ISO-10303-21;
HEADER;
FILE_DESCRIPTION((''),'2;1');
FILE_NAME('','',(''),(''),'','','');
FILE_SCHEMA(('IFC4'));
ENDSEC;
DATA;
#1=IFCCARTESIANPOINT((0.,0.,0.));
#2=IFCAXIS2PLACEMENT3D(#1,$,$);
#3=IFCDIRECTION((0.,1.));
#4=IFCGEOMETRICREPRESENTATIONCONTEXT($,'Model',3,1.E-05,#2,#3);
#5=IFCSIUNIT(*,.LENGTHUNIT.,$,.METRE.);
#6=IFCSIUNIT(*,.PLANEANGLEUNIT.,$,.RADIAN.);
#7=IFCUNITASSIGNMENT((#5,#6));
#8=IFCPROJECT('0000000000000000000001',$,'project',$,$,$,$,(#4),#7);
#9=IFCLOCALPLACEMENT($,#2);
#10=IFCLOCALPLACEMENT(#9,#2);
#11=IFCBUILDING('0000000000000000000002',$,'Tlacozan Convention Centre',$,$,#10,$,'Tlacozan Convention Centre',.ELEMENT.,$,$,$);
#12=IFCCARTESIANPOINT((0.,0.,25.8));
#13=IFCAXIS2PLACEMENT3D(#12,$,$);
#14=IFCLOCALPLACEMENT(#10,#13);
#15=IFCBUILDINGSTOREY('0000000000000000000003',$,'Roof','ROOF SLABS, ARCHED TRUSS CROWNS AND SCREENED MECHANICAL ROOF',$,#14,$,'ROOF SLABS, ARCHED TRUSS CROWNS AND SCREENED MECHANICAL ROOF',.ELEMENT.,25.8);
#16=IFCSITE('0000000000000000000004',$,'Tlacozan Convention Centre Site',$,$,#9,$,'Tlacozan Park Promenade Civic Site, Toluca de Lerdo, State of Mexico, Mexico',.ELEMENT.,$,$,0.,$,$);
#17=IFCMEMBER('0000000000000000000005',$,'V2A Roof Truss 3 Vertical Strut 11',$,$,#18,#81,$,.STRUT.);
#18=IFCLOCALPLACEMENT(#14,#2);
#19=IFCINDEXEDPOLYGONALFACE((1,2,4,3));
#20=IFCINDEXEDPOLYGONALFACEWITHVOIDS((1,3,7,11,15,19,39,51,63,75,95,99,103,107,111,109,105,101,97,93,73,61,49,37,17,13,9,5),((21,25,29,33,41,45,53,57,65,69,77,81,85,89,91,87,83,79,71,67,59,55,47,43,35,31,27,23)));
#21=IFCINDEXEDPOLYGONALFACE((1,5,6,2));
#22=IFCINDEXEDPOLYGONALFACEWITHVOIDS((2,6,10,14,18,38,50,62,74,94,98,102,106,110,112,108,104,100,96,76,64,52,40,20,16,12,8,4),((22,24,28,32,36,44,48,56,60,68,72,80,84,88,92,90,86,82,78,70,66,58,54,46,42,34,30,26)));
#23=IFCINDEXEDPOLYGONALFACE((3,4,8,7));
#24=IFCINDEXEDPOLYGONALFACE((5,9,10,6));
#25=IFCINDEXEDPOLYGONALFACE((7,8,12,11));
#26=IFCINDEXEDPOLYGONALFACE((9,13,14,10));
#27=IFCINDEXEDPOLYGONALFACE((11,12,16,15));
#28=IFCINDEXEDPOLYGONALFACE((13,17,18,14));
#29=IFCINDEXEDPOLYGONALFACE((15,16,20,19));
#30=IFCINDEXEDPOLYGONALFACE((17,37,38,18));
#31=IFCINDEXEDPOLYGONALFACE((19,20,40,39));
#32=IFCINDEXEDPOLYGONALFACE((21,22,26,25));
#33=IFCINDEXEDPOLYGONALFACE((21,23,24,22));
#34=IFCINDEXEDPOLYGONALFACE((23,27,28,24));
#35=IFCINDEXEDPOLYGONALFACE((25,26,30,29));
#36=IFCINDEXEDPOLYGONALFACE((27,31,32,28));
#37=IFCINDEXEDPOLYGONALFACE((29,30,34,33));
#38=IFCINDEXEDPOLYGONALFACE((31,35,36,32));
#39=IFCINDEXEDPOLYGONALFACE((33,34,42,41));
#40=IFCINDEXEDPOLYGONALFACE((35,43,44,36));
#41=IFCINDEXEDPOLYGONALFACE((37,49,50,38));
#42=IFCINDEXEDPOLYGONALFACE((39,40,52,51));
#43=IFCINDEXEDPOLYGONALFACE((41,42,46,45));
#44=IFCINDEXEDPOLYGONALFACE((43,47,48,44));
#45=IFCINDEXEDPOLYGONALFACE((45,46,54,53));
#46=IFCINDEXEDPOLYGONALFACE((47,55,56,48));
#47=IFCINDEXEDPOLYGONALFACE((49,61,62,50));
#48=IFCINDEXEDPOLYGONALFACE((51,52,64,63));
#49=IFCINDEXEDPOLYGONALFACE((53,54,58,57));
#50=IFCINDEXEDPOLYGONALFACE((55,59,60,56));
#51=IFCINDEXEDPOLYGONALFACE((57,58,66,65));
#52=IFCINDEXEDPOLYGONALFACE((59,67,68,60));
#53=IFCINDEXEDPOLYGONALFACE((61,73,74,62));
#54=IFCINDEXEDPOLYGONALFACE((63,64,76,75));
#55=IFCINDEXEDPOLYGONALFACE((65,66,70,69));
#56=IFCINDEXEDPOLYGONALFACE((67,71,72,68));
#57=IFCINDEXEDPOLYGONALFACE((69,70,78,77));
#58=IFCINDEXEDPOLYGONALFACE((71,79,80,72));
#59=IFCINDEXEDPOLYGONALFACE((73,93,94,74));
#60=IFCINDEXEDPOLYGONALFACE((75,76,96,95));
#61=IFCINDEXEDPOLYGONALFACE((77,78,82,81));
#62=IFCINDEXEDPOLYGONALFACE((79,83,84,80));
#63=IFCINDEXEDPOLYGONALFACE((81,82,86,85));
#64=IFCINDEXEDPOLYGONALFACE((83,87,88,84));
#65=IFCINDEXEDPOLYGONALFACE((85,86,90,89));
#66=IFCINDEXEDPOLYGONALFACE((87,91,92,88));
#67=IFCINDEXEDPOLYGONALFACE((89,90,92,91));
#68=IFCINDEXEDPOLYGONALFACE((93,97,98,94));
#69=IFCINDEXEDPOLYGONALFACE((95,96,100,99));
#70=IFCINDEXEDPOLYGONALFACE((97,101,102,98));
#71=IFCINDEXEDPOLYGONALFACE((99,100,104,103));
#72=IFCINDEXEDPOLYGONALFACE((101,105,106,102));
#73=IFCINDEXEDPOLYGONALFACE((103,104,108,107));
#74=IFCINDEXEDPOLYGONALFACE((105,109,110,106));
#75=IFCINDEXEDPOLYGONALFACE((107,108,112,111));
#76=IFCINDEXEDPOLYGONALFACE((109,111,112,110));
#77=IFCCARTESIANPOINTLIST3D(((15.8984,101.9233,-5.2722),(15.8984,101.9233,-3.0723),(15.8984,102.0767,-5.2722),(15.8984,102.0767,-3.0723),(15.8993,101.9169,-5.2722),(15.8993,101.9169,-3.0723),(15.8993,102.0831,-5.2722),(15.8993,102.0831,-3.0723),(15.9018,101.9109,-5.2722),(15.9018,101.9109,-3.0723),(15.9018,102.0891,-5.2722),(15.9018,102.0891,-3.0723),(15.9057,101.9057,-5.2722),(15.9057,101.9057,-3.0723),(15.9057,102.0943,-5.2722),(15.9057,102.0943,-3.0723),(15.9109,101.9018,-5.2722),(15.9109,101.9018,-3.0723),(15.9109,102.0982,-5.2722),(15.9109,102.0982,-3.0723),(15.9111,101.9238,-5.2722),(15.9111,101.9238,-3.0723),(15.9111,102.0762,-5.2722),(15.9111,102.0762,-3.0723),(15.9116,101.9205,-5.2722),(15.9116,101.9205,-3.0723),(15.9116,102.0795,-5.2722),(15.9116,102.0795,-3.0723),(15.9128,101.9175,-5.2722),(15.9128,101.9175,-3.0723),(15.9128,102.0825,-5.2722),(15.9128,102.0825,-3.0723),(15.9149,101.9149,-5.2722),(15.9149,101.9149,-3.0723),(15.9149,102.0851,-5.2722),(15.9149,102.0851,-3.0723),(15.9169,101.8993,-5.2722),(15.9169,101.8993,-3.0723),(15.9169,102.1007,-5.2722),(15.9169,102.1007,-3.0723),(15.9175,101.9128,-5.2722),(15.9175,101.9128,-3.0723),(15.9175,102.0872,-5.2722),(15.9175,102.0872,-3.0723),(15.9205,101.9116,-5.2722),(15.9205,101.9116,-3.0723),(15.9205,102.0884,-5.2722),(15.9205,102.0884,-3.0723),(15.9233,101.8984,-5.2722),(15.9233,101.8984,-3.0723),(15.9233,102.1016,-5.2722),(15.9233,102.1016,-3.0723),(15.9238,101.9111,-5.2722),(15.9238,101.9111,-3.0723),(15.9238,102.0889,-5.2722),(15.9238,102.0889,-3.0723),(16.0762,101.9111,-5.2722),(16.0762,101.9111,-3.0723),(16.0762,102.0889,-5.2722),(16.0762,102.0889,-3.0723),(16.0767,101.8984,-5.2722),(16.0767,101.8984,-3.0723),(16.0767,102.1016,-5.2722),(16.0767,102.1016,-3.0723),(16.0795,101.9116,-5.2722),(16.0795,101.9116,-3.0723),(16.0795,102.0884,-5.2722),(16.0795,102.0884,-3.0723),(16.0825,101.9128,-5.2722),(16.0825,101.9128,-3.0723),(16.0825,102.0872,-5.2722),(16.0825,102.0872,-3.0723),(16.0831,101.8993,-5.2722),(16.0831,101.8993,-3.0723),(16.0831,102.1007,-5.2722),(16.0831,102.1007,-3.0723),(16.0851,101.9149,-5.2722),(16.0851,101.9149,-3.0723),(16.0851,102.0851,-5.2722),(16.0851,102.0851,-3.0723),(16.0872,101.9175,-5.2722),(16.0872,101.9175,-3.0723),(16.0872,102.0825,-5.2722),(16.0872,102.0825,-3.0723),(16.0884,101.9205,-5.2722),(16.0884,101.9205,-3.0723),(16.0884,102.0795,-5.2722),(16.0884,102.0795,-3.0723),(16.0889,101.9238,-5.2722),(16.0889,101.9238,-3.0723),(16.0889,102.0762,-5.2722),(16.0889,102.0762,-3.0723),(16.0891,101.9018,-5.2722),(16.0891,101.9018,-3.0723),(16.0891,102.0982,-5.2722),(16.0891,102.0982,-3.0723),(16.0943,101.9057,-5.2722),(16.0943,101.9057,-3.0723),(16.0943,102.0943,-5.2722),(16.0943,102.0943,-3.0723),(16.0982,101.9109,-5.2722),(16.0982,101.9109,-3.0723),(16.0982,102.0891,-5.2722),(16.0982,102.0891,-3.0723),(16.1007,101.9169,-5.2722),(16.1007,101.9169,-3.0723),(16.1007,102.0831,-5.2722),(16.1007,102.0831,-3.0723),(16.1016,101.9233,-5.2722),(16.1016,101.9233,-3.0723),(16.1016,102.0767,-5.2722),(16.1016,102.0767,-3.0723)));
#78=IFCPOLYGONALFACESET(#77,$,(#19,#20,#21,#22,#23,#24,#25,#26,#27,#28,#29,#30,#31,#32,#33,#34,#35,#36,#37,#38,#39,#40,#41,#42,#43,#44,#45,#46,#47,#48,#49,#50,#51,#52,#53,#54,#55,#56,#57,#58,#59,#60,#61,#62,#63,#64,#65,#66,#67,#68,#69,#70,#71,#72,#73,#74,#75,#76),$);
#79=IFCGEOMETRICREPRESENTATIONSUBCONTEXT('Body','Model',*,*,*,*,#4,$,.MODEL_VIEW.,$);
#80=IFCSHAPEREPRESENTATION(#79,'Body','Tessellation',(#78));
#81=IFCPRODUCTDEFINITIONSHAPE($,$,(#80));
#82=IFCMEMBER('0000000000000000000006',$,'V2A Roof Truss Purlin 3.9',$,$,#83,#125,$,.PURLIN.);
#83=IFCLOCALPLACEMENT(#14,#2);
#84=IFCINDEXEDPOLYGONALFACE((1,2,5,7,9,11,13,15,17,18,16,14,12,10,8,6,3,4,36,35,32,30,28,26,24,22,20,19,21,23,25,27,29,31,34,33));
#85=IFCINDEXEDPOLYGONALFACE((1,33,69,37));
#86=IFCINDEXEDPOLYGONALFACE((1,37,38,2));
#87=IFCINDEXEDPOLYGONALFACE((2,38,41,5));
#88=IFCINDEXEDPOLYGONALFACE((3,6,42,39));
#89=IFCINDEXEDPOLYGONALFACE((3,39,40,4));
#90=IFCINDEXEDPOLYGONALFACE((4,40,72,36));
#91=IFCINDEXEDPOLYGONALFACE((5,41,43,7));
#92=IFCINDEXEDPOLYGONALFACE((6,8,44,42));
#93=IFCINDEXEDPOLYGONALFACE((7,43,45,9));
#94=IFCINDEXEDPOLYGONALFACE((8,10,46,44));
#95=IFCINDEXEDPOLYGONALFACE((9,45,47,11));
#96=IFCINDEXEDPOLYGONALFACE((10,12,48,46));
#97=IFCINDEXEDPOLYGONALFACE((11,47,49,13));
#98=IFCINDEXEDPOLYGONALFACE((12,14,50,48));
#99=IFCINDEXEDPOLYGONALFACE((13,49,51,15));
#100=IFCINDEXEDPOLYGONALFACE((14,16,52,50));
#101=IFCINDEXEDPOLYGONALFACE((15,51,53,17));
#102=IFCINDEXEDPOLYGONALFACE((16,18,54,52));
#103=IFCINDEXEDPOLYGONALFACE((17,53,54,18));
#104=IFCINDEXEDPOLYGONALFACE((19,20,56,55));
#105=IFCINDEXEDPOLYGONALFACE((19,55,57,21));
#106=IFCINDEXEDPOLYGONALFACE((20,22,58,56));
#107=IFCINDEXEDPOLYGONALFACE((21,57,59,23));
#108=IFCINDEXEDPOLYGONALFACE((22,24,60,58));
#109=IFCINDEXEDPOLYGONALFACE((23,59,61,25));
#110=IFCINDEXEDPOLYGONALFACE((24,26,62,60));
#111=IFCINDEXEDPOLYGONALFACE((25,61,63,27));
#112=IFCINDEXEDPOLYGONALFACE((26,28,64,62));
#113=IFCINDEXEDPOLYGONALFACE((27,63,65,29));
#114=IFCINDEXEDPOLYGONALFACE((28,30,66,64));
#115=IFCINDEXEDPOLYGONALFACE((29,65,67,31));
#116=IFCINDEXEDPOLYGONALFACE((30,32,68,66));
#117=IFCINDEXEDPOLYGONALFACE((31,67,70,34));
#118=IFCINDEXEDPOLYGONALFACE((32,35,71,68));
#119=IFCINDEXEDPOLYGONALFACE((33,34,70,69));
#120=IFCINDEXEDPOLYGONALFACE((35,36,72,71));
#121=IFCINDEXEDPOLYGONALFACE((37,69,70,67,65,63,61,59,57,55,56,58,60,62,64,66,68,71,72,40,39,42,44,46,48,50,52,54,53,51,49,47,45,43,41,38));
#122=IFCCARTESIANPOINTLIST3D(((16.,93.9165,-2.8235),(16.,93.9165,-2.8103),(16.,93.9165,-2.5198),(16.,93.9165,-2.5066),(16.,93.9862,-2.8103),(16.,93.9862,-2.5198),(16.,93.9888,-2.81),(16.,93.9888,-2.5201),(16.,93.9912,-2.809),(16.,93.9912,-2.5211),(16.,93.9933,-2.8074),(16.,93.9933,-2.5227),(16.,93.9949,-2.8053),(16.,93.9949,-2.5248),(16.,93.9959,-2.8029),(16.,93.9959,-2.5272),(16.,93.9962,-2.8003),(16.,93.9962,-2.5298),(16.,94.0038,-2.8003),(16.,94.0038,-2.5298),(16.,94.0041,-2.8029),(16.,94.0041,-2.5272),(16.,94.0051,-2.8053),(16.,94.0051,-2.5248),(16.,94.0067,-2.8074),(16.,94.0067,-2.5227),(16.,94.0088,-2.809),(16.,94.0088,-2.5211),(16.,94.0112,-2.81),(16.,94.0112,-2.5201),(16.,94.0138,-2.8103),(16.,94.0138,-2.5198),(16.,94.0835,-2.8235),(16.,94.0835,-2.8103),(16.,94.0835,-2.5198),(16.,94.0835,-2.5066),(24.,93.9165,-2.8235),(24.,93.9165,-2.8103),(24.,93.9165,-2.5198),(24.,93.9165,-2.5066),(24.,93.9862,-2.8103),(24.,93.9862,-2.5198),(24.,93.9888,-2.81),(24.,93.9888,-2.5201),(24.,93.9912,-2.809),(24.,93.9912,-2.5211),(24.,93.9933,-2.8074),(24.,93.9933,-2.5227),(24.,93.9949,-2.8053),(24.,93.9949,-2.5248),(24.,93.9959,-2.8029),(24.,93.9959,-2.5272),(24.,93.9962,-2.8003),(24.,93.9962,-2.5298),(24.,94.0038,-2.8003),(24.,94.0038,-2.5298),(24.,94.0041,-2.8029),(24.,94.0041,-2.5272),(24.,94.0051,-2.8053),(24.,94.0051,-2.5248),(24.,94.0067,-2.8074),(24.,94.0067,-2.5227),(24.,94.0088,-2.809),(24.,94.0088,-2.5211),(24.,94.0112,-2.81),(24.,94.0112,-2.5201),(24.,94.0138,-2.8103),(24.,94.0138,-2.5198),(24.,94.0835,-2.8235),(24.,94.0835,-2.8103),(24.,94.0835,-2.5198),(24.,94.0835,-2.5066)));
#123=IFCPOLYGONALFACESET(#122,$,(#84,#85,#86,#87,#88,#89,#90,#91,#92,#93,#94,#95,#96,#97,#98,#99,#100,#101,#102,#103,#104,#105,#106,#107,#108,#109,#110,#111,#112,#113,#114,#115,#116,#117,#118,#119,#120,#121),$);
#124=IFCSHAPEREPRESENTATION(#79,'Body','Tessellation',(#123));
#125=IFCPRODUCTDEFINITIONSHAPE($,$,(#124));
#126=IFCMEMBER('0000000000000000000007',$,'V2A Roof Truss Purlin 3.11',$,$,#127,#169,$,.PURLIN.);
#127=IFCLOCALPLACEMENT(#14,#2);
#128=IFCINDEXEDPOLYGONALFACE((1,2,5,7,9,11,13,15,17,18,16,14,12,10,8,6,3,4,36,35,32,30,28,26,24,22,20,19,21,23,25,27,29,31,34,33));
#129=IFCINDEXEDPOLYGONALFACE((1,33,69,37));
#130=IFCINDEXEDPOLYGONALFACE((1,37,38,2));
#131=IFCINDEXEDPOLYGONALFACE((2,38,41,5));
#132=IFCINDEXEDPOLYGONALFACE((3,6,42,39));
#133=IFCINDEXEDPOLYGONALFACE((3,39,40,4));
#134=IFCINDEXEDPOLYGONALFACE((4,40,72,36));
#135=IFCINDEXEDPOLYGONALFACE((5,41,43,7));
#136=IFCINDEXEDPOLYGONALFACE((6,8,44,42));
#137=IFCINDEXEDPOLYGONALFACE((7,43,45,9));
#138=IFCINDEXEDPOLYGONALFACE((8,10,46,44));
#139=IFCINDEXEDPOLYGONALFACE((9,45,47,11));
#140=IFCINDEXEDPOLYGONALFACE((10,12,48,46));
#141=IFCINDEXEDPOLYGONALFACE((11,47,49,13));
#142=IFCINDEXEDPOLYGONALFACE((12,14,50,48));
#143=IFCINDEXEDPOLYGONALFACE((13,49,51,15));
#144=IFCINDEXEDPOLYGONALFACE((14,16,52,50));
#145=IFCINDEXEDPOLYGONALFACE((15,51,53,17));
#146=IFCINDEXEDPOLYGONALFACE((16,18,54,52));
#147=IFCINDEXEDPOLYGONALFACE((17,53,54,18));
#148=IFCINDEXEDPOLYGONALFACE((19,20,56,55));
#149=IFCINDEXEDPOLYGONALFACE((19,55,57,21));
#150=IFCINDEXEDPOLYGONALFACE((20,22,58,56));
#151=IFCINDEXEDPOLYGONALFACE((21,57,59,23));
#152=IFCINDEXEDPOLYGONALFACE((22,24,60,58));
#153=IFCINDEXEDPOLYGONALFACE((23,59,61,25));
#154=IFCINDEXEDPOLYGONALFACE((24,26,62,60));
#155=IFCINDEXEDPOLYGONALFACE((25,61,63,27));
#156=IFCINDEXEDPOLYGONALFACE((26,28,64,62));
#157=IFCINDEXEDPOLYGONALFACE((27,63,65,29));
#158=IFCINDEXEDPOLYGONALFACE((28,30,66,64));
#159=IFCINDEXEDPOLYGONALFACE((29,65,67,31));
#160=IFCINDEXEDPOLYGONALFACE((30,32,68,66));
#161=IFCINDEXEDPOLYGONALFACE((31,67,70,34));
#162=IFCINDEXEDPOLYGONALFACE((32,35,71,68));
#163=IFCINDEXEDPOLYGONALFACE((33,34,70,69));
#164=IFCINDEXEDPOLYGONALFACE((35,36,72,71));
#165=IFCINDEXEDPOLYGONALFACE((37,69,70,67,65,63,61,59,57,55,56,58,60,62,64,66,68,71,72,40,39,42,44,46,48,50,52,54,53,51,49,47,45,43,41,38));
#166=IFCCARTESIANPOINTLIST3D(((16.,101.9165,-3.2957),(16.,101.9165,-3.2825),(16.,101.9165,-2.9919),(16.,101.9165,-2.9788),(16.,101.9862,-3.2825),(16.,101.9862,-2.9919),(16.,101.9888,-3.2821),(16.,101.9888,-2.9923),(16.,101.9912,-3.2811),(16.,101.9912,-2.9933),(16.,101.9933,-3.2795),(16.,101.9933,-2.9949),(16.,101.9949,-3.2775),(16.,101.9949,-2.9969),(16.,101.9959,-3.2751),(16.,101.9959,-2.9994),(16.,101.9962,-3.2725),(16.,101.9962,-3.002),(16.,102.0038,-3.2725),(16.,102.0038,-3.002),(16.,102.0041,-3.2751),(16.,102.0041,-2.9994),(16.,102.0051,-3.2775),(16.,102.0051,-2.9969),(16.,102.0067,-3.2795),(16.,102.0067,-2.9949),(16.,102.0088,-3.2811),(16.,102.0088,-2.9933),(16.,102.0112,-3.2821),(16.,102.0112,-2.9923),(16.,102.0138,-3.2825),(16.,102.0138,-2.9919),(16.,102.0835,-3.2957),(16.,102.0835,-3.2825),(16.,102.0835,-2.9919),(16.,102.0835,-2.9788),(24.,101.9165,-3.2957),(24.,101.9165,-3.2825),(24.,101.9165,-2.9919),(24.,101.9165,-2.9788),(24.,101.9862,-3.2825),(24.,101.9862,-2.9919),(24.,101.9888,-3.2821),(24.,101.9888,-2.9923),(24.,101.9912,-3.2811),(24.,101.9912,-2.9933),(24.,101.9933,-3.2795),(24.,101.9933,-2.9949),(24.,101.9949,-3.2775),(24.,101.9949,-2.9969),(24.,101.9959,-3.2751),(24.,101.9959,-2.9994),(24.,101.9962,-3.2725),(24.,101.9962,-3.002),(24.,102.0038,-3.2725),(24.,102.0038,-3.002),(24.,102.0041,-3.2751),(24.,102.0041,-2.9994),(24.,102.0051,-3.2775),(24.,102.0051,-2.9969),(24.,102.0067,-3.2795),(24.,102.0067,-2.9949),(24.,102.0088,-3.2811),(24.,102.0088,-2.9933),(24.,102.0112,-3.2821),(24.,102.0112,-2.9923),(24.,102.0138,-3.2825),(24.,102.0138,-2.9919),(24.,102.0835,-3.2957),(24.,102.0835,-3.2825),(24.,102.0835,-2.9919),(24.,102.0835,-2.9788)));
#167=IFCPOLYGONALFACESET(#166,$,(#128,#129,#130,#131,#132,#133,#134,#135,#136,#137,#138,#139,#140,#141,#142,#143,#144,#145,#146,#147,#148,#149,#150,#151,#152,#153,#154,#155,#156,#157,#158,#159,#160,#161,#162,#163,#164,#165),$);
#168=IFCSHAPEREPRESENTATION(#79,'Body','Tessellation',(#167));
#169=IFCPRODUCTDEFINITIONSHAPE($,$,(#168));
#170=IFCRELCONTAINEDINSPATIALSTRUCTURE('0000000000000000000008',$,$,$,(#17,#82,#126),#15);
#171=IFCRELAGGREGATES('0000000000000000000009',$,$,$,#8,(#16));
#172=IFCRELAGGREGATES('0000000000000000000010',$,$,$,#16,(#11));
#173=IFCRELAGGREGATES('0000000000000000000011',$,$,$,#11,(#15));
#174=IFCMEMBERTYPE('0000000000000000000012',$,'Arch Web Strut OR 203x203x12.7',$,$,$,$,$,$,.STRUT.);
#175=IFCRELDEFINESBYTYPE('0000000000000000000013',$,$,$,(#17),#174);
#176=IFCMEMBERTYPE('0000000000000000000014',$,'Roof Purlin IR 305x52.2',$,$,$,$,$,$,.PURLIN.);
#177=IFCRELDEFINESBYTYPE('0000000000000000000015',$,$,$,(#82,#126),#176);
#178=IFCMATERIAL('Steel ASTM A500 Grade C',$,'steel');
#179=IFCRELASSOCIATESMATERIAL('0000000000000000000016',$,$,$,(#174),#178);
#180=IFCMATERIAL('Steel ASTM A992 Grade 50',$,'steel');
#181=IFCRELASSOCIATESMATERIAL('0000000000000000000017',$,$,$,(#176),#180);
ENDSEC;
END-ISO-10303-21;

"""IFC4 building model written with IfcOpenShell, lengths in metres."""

from ifc_helpers import new_model, si_unit, direction, frame, origin, origin_2d, place, context, subcontext, project, spatial, hollow_rectangle, i_section, extrude, material, material_profile, profile_set, type_object, element, save


model = new_model("IFC4")

# Units and contexts
model_context = context("Model", 3, precision=1e-05, world=origin(), true_north=direction((0.0, 1.0)))
body_context = subcontext(model_context, "Body", "Model", "MODEL_VIEW")
ifc_project = project(units=[si_unit("LENGTHUNIT", "METRE"), si_unit("PLANEANGLEUNIT", "RADIAN")], contexts=[model_context])

# Site, building, storey
site_placement = place(None, origin())
site = spatial("IfcSite", under=ifc_project, at=site_placement, Name="Tlacozan Convention Centre Site", LongName="Tlacozan Park Promenade Civic Site, Toluca de Lerdo, State of Mexico, Mexico", CompositionType="ELEMENT", RefElevation=0.0)
building_placement = place(site_placement, origin())
building = spatial("IfcBuilding", under=site, at=building_placement, Name="Tlacozan Convention Centre", LongName="Tlacozan Convention Centre", CompositionType="ELEMENT")
storey_placement = place(building_placement, frame((0.0, 0.0, 25.8)))
storey = spatial("IfcBuildingStorey", under=building, at=storey_placement, Name="Roof", Description="ROOF SLABS, ARCHED TRUSS CROWNS AND SCREENED MECHANICAL ROOF", LongName="ROOF SLABS, ARCHED TRUSS CROWNS AND SCREENED MECHANICAL ROOF", CompositionType="ELEMENT", Elevation=25.8)

# Members
ifc_material_1 = material(Name="Steel ASTM A500 Grade C", Category="steel")
ifc_material_profile_1 = material_profile(ifc_material_1, hollow_rectangle(XDim=0.2031, YDim=0.2031, WallThickness=0.0127, InnerFilletRadius=0.0127, OuterFilletRadius=0.0249, at=origin_2d()), Name="OR 203x203x12.7")
ifc_profile_set_1 = profile_set([ifc_material_profile_1], Name="Steel ASTM A500 Grade C")
member_type_1 = type_object("IfcMemberType", Name="Arch Web Strut OR 203x203x12.7", PredefinedType="STRUT", material=ifc_profile_set_1)
for number, where, z_axis, x_axis, name in (
    (1, (16.0, 102.0, -5.2722), (0.0, 0.0, 1.0), (1.0, 0.0, 0.0), "V2A Roof Truss 3 Vertical Strut 11"),
):
    element("IfcMember", number, at=place(storey_placement, frame(where, z_axis=z_axis, x_axis=x_axis)), inside=storey, type_object=member_type_1, Name=name, PredefinedType="STRUT", context=body_context, shape_type="SweptSolid", body=[
        extrude(hollow_rectangle(XDim=0.2031, YDim=0.2031, WallThickness=0.0127, InnerFilletRadius=0.0127, OuterFilletRadius=0.0249, at=origin_2d()), origin(), (0.0, 0.0, 1.0), 2.2),
    ])
ifc_material_2 = material(Name="Steel ASTM A992 Grade 50", Category="steel")
ifc_material_profile_2 = material_profile(ifc_material_2, i_section(OverallWidth=0.167, OverallDepth=0.3169, WebThickness=0.0076, FlangeThickness=0.0132, FilletRadius=0.01, at=origin_2d()), Name="IR 305x52.2")
ifc_profile_set_2 = profile_set([ifc_material_profile_2], Name="Steel ASTM A992 Grade 50")
member_type_2 = type_object("IfcMemberType", Name="Roof Purlin IR 305x52.2", PredefinedType="PURLIN", material=ifc_profile_set_2)
for number, where, z_axis, x_axis, name in (
    (2, (16.0, 94.0, -2.665), (1.0, 0.0, 0.0), (0.0, 1.0, 0.0), "V2A Roof Truss Purlin 3.9"),
    (3, (16.0, 102.0, -3.1372), (1.0, 0.0, 0.0), (0.0, 1.0, 0.0), "V2A Roof Truss Purlin 3.11"),
):
    element("IfcMember", number, at=place(storey_placement, frame(where, z_axis=z_axis, x_axis=x_axis)), inside=storey, type_object=member_type_2, Name=name, PredefinedType="PURLIN", context=body_context, shape_type="SweptSolid", body=[
        extrude(i_section(OverallWidth=0.167, OverallDepth=0.3169, WebThickness=0.0076, FlangeThickness=0.0132, FilletRadius=0.01, at=origin_2d()), origin(), (0.0, 0.0, 1.0), 8.0),
    ])

save(model, "model.ifc")
